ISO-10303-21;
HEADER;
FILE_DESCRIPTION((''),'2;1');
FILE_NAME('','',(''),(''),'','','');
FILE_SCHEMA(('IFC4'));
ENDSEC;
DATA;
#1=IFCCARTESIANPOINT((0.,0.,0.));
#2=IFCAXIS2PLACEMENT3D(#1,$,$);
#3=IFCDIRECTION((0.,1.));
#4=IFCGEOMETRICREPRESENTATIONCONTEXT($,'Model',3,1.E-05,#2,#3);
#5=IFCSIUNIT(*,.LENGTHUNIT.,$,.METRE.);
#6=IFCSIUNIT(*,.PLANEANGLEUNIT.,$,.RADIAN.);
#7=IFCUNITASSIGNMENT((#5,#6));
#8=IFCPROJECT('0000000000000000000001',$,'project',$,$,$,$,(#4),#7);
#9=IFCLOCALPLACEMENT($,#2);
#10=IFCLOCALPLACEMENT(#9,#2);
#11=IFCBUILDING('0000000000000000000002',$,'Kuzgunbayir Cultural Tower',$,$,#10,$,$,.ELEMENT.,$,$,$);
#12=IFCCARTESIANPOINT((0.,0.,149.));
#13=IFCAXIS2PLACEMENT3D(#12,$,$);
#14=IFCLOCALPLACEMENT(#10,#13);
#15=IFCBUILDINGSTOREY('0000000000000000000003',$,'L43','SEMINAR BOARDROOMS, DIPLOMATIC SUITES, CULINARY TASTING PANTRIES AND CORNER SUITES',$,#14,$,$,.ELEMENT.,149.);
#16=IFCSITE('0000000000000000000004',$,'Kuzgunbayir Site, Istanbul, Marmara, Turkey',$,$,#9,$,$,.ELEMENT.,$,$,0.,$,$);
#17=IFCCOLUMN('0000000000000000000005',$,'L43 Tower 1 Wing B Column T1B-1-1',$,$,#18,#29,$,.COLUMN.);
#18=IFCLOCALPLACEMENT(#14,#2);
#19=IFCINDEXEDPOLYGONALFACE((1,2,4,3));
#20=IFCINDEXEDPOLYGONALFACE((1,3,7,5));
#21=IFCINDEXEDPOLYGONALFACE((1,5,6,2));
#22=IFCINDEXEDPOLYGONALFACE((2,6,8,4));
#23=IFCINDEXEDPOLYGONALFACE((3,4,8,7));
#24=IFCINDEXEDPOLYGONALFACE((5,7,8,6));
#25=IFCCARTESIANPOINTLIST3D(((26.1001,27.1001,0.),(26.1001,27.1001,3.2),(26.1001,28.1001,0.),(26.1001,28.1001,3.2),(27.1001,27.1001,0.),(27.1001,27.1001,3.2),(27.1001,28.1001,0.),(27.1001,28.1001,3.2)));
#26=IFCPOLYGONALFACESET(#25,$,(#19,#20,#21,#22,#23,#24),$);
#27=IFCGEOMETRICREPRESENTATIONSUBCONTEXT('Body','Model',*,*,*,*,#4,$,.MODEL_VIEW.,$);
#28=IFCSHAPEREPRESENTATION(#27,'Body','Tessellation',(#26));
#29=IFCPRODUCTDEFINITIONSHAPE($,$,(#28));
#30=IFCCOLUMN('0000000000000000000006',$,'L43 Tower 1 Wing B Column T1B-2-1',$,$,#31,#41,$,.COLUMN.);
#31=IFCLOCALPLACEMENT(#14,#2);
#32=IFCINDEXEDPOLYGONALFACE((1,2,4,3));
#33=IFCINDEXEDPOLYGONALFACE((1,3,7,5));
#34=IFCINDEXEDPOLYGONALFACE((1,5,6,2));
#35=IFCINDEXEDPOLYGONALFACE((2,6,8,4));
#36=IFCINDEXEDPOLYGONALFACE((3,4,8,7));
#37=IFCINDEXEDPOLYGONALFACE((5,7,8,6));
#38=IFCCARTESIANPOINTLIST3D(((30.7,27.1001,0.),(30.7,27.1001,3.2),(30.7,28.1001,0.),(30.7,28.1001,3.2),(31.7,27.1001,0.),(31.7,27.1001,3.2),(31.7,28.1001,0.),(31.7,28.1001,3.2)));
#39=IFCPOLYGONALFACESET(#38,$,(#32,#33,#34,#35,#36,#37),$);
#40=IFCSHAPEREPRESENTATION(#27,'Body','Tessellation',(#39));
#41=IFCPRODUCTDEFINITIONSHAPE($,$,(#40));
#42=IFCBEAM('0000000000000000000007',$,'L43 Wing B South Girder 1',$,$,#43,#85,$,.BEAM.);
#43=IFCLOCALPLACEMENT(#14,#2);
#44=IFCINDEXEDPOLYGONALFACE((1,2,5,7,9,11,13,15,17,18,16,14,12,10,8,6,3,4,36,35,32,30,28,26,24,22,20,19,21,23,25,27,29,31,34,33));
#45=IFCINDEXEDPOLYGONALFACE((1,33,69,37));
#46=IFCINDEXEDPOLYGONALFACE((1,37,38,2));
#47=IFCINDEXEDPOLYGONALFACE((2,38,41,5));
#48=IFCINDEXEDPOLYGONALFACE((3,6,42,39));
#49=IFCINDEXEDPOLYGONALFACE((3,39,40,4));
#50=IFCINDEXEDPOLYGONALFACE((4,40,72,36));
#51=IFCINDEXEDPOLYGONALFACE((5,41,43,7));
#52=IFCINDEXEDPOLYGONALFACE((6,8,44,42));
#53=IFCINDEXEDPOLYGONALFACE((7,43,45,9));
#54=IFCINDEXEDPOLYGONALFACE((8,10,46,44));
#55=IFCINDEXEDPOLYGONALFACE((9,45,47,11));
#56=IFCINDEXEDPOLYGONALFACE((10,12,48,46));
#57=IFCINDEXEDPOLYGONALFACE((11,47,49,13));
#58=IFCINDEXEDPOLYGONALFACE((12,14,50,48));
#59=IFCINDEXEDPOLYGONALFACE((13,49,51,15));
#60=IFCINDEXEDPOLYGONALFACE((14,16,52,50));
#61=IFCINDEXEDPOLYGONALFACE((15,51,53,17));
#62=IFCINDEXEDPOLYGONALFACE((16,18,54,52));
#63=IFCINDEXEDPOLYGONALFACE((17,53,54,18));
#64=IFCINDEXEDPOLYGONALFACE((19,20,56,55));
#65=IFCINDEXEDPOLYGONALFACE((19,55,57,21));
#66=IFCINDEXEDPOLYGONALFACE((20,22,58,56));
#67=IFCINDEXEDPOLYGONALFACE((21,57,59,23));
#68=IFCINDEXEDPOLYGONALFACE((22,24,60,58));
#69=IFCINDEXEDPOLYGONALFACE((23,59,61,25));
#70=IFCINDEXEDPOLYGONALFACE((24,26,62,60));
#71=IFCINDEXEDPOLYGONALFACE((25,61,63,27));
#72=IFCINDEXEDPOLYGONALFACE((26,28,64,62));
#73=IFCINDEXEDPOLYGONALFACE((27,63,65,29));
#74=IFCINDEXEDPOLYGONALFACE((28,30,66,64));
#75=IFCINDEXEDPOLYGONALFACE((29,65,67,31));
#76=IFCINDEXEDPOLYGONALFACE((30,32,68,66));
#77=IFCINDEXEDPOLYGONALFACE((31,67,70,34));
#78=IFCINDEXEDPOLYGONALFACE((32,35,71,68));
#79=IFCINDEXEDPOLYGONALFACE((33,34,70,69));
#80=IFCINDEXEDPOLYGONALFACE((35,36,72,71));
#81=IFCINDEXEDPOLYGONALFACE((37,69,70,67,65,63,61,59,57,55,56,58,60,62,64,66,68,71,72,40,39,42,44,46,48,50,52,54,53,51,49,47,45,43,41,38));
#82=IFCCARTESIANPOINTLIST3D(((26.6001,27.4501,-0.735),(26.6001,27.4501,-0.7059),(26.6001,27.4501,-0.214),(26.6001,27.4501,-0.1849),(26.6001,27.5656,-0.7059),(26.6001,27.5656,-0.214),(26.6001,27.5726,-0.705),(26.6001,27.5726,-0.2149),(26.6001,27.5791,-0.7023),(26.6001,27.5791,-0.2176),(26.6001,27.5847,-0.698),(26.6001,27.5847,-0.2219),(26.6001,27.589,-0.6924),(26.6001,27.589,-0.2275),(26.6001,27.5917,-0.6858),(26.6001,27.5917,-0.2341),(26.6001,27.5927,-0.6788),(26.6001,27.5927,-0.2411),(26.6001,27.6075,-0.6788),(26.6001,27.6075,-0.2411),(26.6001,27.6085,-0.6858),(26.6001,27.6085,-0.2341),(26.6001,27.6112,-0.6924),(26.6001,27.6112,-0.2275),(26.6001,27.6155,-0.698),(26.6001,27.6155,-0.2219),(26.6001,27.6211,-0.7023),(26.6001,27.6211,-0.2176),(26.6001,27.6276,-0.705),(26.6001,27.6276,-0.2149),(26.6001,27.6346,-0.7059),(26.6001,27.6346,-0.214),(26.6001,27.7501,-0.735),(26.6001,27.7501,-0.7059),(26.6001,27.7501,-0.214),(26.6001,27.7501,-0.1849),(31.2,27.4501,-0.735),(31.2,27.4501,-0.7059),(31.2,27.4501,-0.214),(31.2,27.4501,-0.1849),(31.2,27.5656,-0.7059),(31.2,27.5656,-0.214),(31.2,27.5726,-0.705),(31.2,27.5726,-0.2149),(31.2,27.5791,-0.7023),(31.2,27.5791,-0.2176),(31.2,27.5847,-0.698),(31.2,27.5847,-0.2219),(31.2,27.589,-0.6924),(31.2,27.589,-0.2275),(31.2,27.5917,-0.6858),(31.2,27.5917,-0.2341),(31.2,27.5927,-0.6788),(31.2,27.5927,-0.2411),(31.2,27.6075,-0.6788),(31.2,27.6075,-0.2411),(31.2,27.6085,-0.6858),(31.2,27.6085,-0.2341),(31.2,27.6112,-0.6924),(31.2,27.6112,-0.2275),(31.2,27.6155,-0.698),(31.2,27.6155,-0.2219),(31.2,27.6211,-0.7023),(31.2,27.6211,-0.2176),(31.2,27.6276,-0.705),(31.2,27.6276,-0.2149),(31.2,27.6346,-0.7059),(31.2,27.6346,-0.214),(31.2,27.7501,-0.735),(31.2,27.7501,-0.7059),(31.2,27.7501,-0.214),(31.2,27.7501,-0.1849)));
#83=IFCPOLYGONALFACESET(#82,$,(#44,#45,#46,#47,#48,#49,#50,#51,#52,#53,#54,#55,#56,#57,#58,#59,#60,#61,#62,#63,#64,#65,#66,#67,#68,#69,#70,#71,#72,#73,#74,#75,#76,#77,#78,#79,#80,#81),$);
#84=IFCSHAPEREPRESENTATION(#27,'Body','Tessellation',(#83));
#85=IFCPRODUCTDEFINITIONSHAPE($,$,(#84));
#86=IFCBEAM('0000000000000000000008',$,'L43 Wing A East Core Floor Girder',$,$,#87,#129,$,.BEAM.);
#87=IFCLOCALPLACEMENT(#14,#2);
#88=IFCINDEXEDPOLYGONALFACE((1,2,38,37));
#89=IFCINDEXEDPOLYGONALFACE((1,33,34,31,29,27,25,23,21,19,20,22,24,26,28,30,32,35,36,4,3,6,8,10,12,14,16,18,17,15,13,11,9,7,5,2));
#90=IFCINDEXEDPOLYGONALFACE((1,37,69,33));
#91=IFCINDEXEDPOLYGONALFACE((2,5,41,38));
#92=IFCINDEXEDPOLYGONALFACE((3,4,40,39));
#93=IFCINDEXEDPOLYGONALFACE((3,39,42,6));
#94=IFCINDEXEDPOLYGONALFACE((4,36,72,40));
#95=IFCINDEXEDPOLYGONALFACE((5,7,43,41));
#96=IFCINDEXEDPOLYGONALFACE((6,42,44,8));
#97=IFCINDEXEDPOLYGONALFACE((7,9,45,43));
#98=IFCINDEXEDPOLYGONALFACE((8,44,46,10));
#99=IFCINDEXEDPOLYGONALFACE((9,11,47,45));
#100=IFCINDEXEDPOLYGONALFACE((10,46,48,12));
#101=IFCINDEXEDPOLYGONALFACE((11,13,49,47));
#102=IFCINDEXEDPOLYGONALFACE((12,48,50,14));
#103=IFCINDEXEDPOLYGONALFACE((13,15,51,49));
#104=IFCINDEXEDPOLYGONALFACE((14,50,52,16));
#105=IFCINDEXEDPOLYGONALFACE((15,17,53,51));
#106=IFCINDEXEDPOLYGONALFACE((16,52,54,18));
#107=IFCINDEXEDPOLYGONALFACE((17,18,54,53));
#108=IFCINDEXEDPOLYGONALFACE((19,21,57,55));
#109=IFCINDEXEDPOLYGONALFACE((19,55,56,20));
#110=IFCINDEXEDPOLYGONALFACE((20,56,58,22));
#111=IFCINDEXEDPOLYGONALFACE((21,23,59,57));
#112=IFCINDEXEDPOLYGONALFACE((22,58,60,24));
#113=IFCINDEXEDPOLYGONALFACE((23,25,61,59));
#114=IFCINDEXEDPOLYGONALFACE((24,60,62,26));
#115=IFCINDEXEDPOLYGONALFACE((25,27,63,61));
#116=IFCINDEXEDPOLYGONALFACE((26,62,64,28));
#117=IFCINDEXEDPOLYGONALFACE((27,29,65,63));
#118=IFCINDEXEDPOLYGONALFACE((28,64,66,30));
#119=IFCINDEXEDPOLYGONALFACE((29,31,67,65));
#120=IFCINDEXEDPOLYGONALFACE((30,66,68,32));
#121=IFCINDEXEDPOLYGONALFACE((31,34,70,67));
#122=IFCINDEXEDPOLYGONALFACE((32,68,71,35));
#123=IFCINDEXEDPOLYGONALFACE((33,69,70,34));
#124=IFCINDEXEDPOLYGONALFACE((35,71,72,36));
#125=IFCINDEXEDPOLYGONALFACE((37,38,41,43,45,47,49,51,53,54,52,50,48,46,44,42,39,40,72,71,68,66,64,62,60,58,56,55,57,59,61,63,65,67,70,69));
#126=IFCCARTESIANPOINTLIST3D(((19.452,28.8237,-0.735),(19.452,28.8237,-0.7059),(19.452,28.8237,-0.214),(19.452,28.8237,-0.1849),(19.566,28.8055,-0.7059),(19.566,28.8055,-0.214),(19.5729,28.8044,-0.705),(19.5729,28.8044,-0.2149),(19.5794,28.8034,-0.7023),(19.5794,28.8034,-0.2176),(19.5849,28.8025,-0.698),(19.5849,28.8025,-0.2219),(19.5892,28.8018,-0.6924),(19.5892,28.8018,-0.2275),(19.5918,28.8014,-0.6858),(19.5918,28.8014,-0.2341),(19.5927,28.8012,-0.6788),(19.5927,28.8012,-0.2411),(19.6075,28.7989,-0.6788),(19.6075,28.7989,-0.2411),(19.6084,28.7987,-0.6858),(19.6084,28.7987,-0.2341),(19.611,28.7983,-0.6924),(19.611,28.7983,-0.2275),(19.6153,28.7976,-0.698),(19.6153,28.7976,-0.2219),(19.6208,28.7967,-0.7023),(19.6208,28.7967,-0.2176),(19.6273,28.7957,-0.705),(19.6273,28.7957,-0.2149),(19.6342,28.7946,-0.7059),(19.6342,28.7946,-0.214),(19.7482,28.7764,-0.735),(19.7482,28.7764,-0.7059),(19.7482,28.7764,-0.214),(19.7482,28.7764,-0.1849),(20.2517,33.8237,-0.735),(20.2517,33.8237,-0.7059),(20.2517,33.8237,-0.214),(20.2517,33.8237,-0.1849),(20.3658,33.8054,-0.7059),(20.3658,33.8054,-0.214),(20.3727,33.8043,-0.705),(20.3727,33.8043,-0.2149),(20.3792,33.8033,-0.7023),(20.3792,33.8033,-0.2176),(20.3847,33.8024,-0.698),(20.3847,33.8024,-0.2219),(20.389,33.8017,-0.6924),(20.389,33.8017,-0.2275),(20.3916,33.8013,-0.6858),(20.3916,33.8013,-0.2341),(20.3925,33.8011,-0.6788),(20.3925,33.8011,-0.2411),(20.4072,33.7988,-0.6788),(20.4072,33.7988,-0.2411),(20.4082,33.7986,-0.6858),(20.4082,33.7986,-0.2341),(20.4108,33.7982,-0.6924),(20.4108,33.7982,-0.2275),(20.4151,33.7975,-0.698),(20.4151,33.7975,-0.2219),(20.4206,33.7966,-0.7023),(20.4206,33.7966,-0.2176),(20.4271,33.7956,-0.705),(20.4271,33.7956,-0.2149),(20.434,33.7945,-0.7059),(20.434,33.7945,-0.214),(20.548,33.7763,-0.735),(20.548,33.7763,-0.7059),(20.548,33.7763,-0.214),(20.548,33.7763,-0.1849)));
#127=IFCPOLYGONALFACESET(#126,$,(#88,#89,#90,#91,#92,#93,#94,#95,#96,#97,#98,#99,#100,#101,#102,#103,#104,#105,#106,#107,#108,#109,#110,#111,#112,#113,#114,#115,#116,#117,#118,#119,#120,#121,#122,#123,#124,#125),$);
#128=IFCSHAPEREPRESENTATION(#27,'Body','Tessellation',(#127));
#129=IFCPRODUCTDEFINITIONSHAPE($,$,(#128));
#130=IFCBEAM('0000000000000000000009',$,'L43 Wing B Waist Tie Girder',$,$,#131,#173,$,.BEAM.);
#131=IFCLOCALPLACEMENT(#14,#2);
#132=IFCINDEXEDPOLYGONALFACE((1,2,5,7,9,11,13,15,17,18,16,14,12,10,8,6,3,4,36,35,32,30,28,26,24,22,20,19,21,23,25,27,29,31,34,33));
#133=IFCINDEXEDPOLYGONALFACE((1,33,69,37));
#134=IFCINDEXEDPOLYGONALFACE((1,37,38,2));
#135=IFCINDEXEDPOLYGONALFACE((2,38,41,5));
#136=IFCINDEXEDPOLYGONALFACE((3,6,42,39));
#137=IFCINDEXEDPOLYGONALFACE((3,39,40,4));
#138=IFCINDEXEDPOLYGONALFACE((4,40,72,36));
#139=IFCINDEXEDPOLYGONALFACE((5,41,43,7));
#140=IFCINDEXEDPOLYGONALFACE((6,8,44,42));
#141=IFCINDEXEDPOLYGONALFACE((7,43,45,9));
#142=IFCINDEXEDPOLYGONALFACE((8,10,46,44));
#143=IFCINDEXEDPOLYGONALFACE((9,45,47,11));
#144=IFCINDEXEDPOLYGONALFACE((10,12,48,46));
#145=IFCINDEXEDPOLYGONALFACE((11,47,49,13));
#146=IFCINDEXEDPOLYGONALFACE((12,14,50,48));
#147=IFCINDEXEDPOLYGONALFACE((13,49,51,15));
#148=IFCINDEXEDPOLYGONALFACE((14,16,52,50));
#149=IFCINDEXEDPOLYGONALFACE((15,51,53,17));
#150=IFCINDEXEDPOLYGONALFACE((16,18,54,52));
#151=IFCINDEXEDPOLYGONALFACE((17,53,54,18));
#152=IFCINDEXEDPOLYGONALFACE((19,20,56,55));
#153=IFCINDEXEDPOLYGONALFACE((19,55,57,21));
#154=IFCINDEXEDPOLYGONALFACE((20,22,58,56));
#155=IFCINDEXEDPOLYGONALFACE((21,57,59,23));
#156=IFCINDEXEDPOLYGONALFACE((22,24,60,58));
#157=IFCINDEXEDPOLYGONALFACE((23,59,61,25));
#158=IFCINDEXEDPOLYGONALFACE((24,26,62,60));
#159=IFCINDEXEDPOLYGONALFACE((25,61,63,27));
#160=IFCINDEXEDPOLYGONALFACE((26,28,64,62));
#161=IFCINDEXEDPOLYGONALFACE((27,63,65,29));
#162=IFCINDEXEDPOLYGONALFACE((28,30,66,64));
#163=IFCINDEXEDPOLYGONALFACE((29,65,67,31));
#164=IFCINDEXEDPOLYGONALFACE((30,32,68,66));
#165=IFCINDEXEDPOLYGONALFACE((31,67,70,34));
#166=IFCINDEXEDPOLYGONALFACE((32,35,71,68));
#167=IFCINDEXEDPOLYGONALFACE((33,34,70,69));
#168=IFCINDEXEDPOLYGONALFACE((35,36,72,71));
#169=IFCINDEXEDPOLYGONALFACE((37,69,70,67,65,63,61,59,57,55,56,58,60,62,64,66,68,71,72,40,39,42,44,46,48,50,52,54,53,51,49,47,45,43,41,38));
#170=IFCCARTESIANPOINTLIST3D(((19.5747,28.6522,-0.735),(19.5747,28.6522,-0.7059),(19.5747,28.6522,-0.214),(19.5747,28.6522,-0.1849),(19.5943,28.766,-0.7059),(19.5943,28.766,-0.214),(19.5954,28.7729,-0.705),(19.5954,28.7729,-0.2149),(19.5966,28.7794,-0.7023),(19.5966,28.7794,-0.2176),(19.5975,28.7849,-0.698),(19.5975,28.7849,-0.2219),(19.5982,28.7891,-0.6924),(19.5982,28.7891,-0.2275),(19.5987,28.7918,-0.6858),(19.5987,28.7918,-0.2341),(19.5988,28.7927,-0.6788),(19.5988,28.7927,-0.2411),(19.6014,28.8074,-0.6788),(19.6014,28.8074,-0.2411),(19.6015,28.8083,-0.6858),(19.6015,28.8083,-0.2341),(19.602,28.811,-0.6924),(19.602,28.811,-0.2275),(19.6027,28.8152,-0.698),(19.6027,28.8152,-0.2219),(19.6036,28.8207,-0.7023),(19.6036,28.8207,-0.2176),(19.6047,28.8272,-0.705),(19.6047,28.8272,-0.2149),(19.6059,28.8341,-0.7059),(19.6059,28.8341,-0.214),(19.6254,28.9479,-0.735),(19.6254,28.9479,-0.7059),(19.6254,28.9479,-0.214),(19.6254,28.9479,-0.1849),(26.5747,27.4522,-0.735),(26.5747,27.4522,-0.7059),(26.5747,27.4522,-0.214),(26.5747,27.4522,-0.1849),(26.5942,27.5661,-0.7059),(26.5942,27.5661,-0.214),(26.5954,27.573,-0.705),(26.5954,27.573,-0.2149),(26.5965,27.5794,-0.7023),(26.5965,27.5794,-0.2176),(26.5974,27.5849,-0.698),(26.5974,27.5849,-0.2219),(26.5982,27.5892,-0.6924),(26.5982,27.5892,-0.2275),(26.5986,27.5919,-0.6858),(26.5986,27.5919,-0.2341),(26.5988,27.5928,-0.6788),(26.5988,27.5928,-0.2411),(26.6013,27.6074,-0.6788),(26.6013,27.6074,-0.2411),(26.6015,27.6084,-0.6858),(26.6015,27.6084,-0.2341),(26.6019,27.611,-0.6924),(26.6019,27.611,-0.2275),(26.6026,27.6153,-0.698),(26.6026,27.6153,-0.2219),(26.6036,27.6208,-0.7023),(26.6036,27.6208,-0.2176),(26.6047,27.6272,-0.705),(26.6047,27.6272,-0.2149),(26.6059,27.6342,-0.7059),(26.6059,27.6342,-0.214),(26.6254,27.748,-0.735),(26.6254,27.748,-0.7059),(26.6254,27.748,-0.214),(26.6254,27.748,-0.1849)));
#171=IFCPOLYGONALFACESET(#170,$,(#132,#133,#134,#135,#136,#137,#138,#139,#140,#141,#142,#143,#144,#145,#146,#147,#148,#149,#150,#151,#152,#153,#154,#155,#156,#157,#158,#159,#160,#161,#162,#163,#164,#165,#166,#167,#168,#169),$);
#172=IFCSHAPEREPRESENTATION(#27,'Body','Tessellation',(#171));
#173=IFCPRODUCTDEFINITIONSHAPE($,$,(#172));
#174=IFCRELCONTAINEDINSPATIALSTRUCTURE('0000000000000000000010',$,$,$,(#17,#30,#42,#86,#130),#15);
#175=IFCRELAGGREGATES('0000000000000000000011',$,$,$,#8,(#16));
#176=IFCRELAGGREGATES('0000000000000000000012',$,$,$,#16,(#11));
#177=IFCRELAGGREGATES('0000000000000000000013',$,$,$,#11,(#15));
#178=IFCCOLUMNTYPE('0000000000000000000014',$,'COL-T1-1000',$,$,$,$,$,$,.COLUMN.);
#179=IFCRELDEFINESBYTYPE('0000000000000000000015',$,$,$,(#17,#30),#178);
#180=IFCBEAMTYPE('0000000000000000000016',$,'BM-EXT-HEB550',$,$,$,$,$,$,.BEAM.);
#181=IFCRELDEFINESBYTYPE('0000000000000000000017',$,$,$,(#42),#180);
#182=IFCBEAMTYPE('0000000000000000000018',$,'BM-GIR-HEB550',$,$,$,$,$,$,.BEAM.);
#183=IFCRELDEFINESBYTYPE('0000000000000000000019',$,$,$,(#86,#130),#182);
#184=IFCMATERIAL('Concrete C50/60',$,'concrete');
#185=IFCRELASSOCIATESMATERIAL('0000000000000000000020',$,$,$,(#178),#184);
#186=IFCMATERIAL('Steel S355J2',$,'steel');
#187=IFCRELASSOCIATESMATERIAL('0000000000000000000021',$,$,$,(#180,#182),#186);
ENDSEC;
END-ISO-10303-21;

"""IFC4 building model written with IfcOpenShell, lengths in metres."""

from ifc_helpers import new_model, si_unit, direction, frame, origin, origin_2d, place, context, subcontext, project, spatial, rectangle, i_section, extrude, material, material_profile, profile_set, type_object, element, save


model = new_model("IFC4")

# Units and contexts
model_context = context("Model", 3, precision=1e-05, world=origin(), true_north=direction((0.0, 1.0)))
body_context = subcontext(model_context, "Body", "Model", "MODEL_VIEW")
ifc_project = project(units=[si_unit("LENGTHUNIT", "METRE"), si_unit("PLANEANGLEUNIT", "RADIAN")], contexts=[model_context])

# Site, building, storey
site_placement = place(None, origin())
site = spatial("IfcSite", under=ifc_project, at=site_placement, Name="Kuzgunbayir Site, Istanbul, Marmara, Turkey", CompositionType="ELEMENT", RefElevation=0.0)
building_placement = place(site_placement, origin())
building = spatial("IfcBuilding", under=site, at=building_placement, Name="Kuzgunbayir Cultural Tower", CompositionType="ELEMENT")
storey_placement = place(building_placement, frame((0.0, 0.0, 149.0)))
storey = spatial("IfcBuildingStorey", under=building, at=storey_placement, Name="L43", Description="SEMINAR BOARDROOMS, DIPLOMATIC SUITES, CULINARY TASTING PANTRIES AND CORNER SUITES", CompositionType="ELEMENT", Elevation=149.0)

# Columns
ifc_material_1 = material(Name="Concrete C50/60", Category="concrete")
ifc_material_profile_1 = material_profile(ifc_material_1, rectangle(XDim=1.0, YDim=1.0, at=origin_2d()), Name="RC 1000x1000")
ifc_profile_set_1 = profile_set([ifc_material_profile_1], Name="Concrete C50/60")
column_type = type_object("IfcColumnType", Name="COL-T1-1000", PredefinedType="COLUMN", material=ifc_profile_set_1)
for number, where, z_axis, x_axis, name in (
    (1, (26.6001, 27.6001, 0.0), (0.0, 0.0, 1.0), (1.0, 0.0, 0.0), "L43 Tower 1 Wing B Column T1B-1-1"),
    (2, (31.2, 27.6001, 0.0), (0.0, 0.0, 1.0), (1.0, 0.0, 0.0), "L43 Tower 1 Wing B Column T1B-2-1"),
):
    element("IfcColumn", number, at=place(storey_placement, frame(where, z_axis=z_axis, x_axis=x_axis)), inside=storey, type_object=column_type, Name=name, PredefinedType="COLUMN", context=body_context, shape_type="SweptSolid", body=[
        extrude(rectangle(XDim=1.0, YDim=1.0, at=origin_2d()), origin(), (0.0, 0.0, 1.0), 3.2),
    ])

# Beams
ifc_material_2 = material(Name="Steel S355J2", Category="steel")
ifc_material_profile_2 = material_profile(ifc_material_2, i_section(OverallWidth=0.3, OverallDepth=0.55, WebThickness=0.0149, FlangeThickness=0.0291, FilletRadius=0.0271, at=origin_2d()), Name="HEB 550")
ifc_profile_set_2 = profile_set([ifc_material_profile_2], Name="Steel S355J2")
beam_type_1 = type_object("IfcBeamType", Name="BM-EXT-HEB550", PredefinedType="BEAM", material=ifc_profile_set_2)
beam_1_placement = place(storey_placement, frame((26.6001, 27.6001, -0.46), z_axis=(1.0, 0.0, 0.0), x_axis=(0.0, 1.0, 0.0)))
element("IfcBeam", 3, at=beam_1_placement, inside=storey, type_object=beam_type_1, Name="L43 Wing B South Girder 1", PredefinedType="BEAM", context=body_context, shape_type="SweptSolid", body=[
    extrude(i_section(OverallWidth=0.3, OverallDepth=0.55, WebThickness=0.0149, FlangeThickness=0.0291, FilletRadius=0.0271, at=origin_2d()), origin(), (0.0, 0.0, 1.0), 4.5999),
])
ifc_material_profile_3 = material_profile(ifc_material_2, i_section(OverallWidth=0.3, OverallDepth=0.55, WebThickness=0.0149, FlangeThickness=0.0291, FilletRadius=0.0271, at=origin_2d()), Name="HEB 550")
ifc_profile_set_3 = profile_set([ifc_material_profile_3], Name="Steel S355J2")
beam_type_2 = type_object("IfcBeamType", Name="BM-GIR-HEB550", PredefinedType="BEAM", material=ifc_profile_set_3)
beam_2_placement = place(storey_placement, frame((19.6001, 28.8, -0.46), z_axis=(0.157953, 0.987447, 0.0), x_axis=(-0.987447, 0.157953, 0.0)))
element("IfcBeam", 4, at=beam_2_placement, inside=storey, type_object=beam_type_2, Name="L43 Wing A East Core Floor Girder", PredefinedType="BEAM", context=body_context, shape_type="SweptSolid", body=[
    extrude(i_section(OverallWidth=0.3, OverallDepth=0.55, WebThickness=0.0149, FlangeThickness=0.0291, FilletRadius=0.0271, at=origin_2d()), origin(), (0.0, 0.0, 1.0), 5.0635),
])
beam_3_placement = place(storey_placement, frame((19.6001, 28.8, -0.46), z_axis=(0.985623, -0.168957, 0.0), x_axis=(0.168957, 0.985623, 0.0)))
element("IfcBeam", 5, at=beam_3_placement, inside=storey, type_object=beam_type_2, Name="L43 Wing B Waist Tie Girder", PredefinedType="BEAM", context=body_context, shape_type="SweptSolid", body=[
    extrude(i_section(OverallWidth=0.3, OverallDepth=0.55, WebThickness=0.0149, FlangeThickness=0.0291, FilletRadius=0.0271, at=origin_2d()), origin(), (0.0, 0.0, 1.0), 7.1021),
])

save(model, "model.ifc")
